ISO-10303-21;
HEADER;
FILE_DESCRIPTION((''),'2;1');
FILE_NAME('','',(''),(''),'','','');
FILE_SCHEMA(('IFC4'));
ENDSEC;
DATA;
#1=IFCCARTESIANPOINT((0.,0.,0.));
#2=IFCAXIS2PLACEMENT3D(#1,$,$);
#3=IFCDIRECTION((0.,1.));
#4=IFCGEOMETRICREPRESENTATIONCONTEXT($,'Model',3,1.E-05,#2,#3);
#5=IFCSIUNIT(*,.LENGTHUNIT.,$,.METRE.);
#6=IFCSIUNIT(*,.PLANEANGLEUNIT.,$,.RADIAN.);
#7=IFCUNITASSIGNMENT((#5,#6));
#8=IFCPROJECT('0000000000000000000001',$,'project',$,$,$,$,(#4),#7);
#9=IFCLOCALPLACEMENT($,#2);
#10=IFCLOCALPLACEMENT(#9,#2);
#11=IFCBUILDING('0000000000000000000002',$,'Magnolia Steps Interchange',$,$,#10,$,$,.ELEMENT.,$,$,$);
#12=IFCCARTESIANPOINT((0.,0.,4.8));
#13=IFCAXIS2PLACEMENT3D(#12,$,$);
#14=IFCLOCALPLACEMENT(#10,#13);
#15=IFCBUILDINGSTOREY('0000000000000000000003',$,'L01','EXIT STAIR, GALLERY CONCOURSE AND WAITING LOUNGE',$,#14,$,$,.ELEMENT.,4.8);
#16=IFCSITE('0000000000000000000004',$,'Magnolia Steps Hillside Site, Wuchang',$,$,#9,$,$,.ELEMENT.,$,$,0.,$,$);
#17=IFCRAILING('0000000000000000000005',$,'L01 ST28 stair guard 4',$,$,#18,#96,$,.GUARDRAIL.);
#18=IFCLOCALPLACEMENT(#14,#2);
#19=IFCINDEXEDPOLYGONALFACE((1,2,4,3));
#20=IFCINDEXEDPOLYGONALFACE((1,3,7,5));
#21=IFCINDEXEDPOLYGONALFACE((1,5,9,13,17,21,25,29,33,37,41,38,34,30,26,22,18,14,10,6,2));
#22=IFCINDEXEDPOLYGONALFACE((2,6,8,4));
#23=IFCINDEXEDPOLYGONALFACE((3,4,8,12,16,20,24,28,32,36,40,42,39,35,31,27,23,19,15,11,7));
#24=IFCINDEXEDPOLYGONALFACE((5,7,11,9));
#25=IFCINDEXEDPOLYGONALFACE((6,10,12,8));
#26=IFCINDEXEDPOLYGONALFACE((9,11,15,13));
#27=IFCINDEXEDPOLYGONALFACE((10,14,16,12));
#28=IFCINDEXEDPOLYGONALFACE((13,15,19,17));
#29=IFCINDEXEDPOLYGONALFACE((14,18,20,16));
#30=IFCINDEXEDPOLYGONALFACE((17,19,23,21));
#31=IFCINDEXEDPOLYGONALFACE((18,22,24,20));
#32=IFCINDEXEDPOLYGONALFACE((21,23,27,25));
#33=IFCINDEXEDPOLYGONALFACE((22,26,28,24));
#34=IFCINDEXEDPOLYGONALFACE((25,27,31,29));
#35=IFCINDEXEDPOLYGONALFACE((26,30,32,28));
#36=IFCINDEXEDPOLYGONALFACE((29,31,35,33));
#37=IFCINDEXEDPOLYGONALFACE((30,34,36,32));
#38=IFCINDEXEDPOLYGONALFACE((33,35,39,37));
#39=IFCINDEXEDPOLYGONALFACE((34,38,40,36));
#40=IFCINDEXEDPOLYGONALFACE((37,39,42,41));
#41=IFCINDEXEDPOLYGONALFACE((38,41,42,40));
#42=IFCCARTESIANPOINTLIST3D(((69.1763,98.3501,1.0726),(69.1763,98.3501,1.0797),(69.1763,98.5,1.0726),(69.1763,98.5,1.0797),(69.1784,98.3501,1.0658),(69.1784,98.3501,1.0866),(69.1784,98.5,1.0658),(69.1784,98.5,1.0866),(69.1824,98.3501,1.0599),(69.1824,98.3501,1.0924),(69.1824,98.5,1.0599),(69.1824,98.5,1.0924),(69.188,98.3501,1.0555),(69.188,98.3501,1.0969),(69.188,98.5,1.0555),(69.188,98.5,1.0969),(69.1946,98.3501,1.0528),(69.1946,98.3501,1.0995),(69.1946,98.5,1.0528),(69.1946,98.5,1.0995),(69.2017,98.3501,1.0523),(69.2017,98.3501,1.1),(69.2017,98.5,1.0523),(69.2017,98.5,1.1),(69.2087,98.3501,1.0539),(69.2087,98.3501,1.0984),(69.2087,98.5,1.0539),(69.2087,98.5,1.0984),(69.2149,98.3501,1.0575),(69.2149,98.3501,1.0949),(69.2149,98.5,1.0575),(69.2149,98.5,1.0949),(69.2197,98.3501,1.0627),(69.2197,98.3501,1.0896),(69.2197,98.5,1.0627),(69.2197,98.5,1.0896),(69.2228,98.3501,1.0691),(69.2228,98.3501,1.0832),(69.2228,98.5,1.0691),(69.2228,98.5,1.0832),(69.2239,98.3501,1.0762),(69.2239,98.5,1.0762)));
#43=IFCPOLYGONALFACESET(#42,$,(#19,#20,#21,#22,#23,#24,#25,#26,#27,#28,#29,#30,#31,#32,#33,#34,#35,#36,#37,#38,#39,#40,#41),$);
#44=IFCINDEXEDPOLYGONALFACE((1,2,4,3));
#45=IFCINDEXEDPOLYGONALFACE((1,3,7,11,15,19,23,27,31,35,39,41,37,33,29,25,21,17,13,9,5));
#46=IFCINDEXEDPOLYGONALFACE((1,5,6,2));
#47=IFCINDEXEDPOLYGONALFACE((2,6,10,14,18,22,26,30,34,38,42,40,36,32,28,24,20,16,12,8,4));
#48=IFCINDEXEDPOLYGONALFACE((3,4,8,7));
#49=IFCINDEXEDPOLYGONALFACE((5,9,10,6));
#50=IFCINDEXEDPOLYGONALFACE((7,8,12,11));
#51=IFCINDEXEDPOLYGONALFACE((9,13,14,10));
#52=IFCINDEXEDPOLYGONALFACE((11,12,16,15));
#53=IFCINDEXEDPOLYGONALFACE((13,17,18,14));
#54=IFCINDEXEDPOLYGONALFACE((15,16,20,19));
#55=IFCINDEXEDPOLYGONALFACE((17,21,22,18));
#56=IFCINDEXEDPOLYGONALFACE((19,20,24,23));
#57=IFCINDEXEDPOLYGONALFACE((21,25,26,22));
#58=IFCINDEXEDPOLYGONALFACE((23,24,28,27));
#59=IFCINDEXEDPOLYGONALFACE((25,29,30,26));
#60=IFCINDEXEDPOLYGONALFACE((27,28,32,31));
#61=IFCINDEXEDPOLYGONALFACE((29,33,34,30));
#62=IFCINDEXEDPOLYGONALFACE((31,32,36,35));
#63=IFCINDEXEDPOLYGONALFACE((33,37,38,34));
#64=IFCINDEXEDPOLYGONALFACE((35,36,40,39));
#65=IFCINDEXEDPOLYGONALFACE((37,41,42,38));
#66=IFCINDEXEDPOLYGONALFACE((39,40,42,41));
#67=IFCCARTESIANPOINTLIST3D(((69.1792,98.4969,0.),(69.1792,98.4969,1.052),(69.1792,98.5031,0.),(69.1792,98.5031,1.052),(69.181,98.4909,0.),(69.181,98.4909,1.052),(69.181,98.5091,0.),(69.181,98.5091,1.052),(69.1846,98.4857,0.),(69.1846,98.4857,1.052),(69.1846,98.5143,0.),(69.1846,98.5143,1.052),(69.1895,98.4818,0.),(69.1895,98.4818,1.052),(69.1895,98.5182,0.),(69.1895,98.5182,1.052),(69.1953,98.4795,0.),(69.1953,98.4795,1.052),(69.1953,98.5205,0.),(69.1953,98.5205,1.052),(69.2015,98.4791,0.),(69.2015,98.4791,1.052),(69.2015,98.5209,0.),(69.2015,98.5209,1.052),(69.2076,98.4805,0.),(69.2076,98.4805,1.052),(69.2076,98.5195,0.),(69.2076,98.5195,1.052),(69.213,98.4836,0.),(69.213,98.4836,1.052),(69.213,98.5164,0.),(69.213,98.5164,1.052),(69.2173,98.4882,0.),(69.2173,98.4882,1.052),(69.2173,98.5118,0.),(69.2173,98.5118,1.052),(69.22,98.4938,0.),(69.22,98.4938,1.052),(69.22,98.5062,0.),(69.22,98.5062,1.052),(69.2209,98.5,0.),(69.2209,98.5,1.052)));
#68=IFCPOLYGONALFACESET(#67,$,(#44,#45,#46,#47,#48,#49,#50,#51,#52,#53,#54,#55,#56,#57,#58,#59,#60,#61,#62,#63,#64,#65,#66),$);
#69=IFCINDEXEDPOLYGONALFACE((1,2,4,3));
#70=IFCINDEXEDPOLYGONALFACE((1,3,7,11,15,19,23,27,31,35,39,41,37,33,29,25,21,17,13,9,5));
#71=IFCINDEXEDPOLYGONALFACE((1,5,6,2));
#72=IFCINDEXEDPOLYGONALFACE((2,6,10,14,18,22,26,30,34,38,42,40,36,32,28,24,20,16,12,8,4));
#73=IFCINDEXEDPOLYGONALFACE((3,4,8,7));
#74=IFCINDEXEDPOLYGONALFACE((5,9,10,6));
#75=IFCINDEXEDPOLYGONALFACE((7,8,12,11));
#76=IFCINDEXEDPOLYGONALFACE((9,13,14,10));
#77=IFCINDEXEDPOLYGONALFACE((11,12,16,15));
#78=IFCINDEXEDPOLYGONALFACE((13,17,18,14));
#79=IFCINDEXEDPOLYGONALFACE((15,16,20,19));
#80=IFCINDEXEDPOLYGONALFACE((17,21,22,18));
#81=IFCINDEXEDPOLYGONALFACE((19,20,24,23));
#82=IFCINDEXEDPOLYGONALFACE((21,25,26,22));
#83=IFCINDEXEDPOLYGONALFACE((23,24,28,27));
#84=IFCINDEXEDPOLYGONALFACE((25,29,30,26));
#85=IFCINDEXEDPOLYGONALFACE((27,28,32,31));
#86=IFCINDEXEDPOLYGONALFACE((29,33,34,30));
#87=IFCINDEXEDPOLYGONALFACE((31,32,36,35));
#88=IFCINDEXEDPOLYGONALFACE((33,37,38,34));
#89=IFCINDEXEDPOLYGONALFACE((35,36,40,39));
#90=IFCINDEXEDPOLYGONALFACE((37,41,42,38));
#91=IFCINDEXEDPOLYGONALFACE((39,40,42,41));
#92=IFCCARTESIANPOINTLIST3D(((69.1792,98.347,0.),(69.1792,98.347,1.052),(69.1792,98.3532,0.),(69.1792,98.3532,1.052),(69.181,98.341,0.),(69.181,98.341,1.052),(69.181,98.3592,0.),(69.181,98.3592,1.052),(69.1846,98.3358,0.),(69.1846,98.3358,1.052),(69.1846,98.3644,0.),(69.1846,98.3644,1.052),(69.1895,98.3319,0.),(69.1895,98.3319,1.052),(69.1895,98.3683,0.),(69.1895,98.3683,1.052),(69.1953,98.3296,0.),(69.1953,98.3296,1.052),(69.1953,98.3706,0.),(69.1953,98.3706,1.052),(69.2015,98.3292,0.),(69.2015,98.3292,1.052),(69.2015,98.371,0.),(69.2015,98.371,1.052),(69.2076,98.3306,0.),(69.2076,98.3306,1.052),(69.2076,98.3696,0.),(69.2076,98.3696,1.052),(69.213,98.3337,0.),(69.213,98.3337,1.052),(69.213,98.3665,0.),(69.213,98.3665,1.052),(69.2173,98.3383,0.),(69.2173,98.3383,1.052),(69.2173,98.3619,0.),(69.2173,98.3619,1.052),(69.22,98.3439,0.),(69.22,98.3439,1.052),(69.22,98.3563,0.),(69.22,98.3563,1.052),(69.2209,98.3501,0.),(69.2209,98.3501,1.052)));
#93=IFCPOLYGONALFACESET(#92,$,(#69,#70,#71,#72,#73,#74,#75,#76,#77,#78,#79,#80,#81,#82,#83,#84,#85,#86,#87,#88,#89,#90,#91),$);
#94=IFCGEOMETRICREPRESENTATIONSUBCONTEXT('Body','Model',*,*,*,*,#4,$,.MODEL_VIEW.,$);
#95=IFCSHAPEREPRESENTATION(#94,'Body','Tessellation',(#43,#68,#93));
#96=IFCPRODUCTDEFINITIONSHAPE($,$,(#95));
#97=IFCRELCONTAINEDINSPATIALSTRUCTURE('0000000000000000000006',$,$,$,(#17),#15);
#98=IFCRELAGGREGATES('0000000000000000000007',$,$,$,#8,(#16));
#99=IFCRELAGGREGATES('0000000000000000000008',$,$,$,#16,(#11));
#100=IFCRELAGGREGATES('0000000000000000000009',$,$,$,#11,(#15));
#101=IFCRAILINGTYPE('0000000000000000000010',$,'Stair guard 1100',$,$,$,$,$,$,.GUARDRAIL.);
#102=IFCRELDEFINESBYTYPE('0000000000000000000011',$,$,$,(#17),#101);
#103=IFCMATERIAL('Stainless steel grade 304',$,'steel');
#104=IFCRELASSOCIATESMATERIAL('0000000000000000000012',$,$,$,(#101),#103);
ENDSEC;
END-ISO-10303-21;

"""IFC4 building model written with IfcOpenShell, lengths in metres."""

from ifc_helpers import new_model, si_unit, direction, frame, origin, origin_2d, place, context, subcontext, project, spatial, circle, extrude, material, type_object, element, save


model = new_model("IFC4")

# Units and contexts
model_context = context("Model", 3, precision=1e-05, world=origin(), true_north=direction((0.0, 1.0)))
body_context = subcontext(model_context, "Body", "Model", "MODEL_VIEW")
ifc_project = project(units=[si_unit("LENGTHUNIT", "METRE"), si_unit("PLANEANGLEUNIT", "RADIAN")], contexts=[model_context])

# Site, building, storey
site_placement = place(None, origin())
site = spatial("IfcSite", under=ifc_project, at=site_placement, Name="Magnolia Steps Hillside Site, Wuchang", CompositionType="ELEMENT", RefElevation=0.0)
building_placement = place(site_placement, origin())
building = spatial("IfcBuilding", under=site, at=building_placement, Name="Magnolia Steps Interchange", CompositionType="ELEMENT")
storey_placement = place(building_placement, frame((0.0, 0.0, 4.8)))
storey = spatial("IfcBuildingStorey", under=building, at=storey_placement, Name="L01", Description="EXIT STAIR, GALLERY CONCOURSE AND WAITING LOUNGE", CompositionType="ELEMENT", Elevation=4.8)

# Railing
ifc_material_1 = material(Name="Stainless steel grade 304", Category="steel")
railing_type_1 = type_object("IfcRailingType", Name="Stair guard 1100", PredefinedType="GUARDRAIL", material=ifc_material_1)
railing_1_placement = place(storey_placement, frame((69.2, 98.5, 0.0)))
element("IfcRailing", 1, at=railing_1_placement, inside=storey, type_object=railing_type_1, Name="L01 ST28 stair guard 4", PredefinedType="GUARDRAIL", context=body_context, shape_type="SweptSolid", body=[
    extrude(circle(Radius=0.0239, at=origin_2d()), frame((0.0, 0.0, 1.0762), z_axis=(0.0, -1.0, 0.0), x_axis=(1.0, 0.0, 0.0)), (0.0, 0.0, 1.0), 0.1499),
    extrude(circle(Radius=0.021, at=origin_2d()), origin(), (0.0, 0.0, 1.0), 1.052),
    extrude(circle(Radius=0.021, at=origin_2d()), frame((0.0, -0.1499, 0.0)), (0.0, 0.0, 1.0), 1.052),
])

save(model, "model.ifc")
